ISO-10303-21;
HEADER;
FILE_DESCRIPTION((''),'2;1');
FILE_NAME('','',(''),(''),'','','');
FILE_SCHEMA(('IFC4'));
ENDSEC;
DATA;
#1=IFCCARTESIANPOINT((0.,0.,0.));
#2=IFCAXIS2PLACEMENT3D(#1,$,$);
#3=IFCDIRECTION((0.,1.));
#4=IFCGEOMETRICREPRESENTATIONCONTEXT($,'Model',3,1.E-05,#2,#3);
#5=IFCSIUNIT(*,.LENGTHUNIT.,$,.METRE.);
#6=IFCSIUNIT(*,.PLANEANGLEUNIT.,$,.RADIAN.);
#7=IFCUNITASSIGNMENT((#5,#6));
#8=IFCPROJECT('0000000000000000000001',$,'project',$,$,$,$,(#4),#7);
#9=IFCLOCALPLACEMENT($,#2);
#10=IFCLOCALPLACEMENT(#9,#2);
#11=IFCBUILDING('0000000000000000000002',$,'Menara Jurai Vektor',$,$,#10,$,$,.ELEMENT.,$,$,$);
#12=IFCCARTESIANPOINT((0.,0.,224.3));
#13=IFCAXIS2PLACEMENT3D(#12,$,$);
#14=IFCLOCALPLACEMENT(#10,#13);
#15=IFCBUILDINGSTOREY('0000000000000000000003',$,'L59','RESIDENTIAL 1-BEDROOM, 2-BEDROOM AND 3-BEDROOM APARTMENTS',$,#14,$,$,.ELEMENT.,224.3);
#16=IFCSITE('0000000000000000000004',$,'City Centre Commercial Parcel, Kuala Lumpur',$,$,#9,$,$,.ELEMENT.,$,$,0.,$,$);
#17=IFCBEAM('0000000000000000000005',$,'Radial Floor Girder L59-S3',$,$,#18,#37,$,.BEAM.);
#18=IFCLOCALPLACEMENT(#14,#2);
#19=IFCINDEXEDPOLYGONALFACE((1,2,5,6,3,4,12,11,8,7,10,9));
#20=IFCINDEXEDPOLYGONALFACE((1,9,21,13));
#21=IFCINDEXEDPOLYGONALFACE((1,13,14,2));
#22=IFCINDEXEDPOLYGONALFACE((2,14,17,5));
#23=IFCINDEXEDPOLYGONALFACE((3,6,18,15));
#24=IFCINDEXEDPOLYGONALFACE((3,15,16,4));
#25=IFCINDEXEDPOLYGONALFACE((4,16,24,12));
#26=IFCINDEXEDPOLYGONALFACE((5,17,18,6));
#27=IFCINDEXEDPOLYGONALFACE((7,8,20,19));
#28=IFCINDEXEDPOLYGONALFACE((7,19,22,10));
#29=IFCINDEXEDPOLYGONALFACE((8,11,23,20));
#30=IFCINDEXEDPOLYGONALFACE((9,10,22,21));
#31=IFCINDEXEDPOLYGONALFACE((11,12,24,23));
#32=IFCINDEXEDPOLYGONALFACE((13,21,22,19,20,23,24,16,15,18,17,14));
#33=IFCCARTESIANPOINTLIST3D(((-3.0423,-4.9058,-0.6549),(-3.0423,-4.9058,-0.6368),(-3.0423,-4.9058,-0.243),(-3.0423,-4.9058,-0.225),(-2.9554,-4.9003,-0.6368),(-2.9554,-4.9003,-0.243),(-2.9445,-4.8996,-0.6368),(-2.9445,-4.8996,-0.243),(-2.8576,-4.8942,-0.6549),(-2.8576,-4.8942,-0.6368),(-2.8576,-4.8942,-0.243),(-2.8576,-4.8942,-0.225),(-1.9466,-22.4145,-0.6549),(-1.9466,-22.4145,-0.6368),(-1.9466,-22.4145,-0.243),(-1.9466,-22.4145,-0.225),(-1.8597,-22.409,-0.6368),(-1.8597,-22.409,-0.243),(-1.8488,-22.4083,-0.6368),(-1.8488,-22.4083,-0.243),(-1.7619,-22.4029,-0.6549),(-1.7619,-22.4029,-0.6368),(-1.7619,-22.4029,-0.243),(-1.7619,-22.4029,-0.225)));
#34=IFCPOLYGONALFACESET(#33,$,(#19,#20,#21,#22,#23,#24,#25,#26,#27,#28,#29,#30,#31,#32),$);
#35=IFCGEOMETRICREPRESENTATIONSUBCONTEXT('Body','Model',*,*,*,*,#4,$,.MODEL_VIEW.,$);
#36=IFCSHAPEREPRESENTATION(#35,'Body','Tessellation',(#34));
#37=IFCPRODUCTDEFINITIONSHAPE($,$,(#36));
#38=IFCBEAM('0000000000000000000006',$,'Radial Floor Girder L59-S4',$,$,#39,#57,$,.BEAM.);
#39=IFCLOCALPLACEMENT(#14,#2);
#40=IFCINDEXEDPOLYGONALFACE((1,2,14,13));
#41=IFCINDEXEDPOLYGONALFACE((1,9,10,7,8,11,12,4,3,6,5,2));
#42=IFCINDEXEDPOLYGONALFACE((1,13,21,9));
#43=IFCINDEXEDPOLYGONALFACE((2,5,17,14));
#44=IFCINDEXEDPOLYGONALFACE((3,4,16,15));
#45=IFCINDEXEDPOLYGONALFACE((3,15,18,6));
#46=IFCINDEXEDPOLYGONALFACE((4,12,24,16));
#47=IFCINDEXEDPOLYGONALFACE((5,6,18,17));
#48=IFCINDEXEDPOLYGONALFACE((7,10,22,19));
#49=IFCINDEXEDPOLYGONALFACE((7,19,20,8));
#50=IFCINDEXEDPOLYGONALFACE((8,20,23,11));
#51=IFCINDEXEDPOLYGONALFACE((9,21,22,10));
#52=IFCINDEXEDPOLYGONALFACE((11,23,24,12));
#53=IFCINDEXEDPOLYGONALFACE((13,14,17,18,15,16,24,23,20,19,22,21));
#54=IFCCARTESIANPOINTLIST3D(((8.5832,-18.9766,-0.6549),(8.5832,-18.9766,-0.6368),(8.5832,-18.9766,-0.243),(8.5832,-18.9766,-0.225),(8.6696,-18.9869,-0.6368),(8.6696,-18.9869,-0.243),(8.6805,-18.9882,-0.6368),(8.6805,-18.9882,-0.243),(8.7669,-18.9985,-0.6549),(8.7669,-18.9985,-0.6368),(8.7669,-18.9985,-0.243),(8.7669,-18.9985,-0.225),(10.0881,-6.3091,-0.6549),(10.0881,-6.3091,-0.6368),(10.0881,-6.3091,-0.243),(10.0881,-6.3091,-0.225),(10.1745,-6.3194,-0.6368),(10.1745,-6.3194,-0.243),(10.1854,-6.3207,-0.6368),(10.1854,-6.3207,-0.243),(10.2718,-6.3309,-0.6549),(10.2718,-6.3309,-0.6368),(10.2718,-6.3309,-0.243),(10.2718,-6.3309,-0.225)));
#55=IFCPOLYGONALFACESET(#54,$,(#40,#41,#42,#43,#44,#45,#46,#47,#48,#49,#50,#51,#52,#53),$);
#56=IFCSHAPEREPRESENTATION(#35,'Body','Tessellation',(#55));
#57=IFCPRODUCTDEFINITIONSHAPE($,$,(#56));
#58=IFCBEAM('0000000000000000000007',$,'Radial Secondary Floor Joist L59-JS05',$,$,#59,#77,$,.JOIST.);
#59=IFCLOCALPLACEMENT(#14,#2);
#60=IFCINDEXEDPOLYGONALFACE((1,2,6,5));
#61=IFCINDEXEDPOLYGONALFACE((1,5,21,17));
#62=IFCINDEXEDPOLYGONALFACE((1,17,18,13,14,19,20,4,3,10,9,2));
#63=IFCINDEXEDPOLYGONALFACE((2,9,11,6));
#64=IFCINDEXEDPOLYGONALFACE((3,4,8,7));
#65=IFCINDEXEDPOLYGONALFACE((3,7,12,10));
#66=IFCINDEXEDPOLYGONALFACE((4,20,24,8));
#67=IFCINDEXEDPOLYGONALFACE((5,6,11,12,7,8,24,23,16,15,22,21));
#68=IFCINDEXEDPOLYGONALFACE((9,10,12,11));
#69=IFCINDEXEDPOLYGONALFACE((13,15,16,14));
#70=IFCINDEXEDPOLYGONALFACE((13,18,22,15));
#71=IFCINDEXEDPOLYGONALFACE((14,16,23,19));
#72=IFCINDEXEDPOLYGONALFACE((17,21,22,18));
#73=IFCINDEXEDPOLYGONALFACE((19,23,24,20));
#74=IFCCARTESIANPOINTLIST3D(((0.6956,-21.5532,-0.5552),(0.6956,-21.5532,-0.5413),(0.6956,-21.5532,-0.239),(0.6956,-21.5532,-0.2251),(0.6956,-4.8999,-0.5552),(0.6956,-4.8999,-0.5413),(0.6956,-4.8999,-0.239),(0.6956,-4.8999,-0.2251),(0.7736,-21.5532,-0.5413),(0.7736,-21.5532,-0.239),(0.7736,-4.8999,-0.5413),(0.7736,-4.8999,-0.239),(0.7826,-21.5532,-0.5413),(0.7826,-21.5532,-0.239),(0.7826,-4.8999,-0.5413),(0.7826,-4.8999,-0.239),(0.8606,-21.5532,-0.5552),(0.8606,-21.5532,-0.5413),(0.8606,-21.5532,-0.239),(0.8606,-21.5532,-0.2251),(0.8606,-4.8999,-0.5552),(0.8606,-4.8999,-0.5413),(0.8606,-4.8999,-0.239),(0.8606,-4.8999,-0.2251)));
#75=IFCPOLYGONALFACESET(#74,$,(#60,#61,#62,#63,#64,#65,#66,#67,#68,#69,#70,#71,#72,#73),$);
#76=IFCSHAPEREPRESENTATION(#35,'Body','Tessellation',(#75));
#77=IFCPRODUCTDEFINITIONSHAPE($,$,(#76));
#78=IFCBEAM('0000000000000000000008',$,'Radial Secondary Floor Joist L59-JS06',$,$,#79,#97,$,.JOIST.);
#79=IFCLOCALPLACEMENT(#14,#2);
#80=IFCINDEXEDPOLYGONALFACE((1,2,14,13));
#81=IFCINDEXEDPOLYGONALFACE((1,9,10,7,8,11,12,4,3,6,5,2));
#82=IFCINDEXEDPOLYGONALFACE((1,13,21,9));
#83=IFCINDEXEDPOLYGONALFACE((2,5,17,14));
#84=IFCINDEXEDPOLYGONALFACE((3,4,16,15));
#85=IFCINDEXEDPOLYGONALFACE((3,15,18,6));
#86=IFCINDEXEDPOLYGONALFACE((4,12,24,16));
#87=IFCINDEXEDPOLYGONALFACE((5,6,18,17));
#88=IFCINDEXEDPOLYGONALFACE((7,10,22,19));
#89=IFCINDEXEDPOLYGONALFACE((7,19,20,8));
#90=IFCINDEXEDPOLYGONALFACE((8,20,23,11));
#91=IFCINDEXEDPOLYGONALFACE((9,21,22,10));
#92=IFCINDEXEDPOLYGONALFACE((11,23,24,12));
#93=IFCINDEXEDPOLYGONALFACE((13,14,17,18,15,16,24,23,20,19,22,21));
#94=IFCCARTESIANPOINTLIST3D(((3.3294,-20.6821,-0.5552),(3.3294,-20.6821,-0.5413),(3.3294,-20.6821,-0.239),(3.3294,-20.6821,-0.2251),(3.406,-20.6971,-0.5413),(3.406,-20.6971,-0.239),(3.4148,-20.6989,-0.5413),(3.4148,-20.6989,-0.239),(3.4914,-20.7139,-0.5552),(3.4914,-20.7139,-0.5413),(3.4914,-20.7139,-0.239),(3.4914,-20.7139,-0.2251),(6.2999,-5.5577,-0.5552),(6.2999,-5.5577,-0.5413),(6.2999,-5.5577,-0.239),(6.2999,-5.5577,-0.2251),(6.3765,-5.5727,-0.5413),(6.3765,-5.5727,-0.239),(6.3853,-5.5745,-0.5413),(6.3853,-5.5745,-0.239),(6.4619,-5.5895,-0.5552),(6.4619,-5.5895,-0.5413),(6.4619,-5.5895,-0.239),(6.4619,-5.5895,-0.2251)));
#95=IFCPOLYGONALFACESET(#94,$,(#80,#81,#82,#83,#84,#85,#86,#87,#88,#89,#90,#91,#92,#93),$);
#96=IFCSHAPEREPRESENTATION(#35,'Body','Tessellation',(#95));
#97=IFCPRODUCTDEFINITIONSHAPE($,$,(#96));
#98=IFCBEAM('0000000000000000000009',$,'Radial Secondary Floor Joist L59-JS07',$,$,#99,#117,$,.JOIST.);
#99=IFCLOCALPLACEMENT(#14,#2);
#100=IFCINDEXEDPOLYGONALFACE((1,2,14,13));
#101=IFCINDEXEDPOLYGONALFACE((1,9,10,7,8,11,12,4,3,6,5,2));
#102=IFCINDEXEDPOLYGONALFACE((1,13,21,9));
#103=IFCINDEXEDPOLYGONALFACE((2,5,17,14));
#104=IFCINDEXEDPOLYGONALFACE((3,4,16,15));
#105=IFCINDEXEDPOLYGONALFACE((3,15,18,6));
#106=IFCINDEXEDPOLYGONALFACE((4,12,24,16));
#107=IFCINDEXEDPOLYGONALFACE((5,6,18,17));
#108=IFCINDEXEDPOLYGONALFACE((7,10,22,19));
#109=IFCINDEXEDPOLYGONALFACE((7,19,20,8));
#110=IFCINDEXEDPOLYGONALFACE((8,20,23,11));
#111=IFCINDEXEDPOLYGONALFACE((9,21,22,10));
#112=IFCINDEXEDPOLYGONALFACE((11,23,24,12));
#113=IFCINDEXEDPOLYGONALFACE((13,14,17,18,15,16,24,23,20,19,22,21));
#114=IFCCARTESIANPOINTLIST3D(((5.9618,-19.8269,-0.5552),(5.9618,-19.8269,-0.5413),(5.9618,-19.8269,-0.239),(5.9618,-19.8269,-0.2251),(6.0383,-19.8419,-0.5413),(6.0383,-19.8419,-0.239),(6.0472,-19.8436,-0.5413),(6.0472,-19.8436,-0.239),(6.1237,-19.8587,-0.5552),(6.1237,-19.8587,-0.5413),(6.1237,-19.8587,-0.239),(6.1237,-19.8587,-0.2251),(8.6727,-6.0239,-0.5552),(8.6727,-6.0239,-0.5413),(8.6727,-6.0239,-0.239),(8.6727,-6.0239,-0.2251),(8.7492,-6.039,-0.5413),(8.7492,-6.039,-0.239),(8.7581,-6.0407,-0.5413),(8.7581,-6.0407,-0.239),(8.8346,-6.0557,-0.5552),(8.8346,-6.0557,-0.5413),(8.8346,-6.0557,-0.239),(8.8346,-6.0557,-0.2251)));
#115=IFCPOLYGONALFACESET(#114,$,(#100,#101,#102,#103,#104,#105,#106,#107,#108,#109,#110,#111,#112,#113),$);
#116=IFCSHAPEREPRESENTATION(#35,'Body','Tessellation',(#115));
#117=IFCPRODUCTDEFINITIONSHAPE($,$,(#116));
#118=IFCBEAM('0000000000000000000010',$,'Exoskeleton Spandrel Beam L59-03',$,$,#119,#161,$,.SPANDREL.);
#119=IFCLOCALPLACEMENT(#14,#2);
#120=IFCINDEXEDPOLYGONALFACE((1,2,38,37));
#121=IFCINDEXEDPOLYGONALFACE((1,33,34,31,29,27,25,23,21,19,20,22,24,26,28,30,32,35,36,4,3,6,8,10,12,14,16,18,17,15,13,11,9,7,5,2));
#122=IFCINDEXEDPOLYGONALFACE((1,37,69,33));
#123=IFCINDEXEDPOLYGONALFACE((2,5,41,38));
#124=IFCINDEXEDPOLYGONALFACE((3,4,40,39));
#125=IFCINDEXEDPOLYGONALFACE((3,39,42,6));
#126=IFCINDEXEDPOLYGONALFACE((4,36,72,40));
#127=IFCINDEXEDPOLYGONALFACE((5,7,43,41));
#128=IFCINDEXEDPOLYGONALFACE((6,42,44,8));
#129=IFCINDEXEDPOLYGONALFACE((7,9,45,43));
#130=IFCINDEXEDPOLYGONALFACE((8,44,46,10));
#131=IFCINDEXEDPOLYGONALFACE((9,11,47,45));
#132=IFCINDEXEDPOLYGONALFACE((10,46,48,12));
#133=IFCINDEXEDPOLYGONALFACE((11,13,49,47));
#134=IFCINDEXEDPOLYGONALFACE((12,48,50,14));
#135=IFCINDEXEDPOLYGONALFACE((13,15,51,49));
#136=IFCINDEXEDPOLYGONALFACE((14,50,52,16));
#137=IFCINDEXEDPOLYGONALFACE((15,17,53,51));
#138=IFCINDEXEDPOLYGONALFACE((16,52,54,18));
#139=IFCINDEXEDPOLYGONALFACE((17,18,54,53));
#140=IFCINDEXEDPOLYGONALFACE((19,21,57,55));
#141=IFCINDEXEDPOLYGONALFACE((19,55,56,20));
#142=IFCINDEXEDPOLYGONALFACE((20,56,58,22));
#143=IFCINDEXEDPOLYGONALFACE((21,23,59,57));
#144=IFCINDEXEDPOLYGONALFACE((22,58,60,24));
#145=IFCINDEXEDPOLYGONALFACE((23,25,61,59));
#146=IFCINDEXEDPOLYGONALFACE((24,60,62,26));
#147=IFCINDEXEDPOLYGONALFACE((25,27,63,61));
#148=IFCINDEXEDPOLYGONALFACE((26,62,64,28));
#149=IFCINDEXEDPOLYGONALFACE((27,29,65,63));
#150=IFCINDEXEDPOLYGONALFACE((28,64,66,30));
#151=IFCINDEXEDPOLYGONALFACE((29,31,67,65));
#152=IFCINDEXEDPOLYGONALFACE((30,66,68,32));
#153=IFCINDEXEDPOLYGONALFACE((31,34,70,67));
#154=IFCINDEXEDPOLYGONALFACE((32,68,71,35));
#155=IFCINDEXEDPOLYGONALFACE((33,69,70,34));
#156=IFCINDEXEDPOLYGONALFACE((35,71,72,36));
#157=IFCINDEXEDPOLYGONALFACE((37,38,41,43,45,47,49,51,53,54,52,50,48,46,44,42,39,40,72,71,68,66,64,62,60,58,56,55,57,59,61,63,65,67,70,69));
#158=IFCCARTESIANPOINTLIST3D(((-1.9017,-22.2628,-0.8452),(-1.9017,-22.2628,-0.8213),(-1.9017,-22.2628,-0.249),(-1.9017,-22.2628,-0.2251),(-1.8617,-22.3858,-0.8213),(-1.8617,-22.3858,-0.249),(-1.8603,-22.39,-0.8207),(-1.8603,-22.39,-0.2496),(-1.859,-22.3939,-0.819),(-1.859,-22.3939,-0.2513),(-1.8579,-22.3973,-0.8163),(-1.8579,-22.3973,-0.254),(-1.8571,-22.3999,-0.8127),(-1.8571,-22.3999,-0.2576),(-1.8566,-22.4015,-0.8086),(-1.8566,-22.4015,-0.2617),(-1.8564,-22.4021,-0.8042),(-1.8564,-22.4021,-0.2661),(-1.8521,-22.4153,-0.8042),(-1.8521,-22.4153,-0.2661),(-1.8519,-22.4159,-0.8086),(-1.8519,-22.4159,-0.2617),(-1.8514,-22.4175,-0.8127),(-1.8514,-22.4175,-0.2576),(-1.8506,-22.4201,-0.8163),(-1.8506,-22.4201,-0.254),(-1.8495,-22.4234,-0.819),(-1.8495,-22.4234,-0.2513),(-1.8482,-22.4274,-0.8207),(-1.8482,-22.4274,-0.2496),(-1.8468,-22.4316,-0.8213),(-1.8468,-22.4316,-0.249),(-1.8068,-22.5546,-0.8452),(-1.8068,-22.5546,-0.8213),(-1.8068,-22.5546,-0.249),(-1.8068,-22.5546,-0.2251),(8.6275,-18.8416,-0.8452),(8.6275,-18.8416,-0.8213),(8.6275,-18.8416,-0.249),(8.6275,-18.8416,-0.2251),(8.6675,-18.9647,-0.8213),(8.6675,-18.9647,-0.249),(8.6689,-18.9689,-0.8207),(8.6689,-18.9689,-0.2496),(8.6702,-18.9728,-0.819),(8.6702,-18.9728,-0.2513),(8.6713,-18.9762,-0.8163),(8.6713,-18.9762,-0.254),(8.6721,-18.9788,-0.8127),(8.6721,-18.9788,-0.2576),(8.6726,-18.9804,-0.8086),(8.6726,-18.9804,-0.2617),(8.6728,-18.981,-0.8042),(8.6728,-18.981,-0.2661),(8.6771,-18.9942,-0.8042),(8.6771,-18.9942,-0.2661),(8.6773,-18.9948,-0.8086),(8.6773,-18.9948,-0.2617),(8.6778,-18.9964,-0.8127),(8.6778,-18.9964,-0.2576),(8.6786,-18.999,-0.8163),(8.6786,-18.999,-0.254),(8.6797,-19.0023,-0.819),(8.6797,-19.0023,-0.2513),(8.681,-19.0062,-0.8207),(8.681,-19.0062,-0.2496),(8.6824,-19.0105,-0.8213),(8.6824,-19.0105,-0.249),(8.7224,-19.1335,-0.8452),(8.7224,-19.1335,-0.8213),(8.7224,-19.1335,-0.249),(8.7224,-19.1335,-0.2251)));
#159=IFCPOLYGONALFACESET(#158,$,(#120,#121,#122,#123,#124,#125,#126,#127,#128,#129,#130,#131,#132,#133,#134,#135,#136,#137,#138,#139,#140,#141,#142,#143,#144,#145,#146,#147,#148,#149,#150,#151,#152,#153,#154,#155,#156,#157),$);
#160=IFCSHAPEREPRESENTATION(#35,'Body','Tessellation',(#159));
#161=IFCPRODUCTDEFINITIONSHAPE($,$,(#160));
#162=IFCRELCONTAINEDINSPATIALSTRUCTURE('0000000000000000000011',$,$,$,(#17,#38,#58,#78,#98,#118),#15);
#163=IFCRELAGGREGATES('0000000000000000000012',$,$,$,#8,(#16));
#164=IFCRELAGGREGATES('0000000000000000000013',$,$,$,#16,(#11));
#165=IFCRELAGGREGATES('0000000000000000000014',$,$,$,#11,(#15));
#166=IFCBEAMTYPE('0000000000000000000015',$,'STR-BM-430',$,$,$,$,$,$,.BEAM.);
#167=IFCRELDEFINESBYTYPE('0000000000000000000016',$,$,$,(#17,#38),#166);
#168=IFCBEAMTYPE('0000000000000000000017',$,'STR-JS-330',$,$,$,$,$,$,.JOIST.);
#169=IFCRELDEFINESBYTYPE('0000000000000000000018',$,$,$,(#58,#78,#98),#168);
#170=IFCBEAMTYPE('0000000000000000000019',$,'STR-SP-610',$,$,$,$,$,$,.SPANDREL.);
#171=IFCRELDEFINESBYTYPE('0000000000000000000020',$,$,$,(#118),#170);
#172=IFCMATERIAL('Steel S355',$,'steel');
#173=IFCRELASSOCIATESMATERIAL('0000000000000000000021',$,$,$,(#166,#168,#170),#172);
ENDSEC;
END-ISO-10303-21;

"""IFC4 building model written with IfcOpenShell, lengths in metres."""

from ifc_helpers import new_model, si_unit, direction, frame, origin, origin_2d, place, context, subcontext, project, spatial, i_section, extrude, material, material_profile, profile_set, type_object, element, save


model = new_model("IFC4")

# Units and contexts
model_context = context("Model", 3, precision=1e-05, world=origin(), true_north=direction((0.0, 1.0)))
body_context = subcontext(model_context, "Body", "Model", "MODEL_VIEW")
ifc_project = project(units=[si_unit("LENGTHUNIT", "METRE"), si_unit("PLANEANGLEUNIT", "RADIAN")], contexts=[model_context])

# Site, building, storey
site_placement = place(None, origin())
site = spatial("IfcSite", under=ifc_project, at=site_placement, Name="City Centre Commercial Parcel, Kuala Lumpur", CompositionType="ELEMENT", RefElevation=0.0)
building_placement = place(site_placement, origin())
building = spatial("IfcBuilding", under=site, at=building_placement, Name="Menara Jurai Vektor", CompositionType="ELEMENT")
storey_placement = place(building_placement, frame((0.0, 0.0, 224.3)))
storey = spatial("IfcBuildingStorey", under=building, at=storey_placement, Name="L59", Description="RESIDENTIAL 1-BEDROOM, 2-BEDROOM AND 3-BEDROOM APARTMENTS", CompositionType="ELEMENT", Elevation=224.3)

# Beams
ifc_material_1 = material(Name="Steel S355", Category="steel")
ifc_material_profile_1 = material_profile(ifc_material_1, i_section(OverallWidth=0.1851, OverallDepth=0.4299, WebThickness=0.011, FlangeThickness=0.0181, at=origin_2d()), Name="PG 430x185x76")
ifc_profile_set_1 = profile_set([ifc_material_profile_1], Name="Steel S355")
beam_type_1 = type_object("IfcBeamType", Name="STR-BM-430", PredefinedType="BEAM", material=ifc_profile_set_1)
beam_1_placement = place(storey_placement, frame((-1.8542, -22.4087, -0.4399), z_axis=(-0.062458, 0.998048, 0.0), x_axis=(-0.998048, -0.062458, 0.0)))
element("IfcBeam", 1, at=beam_1_placement, inside=storey, type_object=beam_type_1, Name="Radial Floor Girder L59-S3", PredefinedType="BEAM", context=body_context, shape_type="SweptSolid", body=[
    extrude(i_section(OverallWidth=0.1851, OverallDepth=0.4299, WebThickness=0.011, FlangeThickness=0.0181, at=origin_2d()), origin(), (0.0, 0.0, 1.0), 17.543),
])
beam_2_placement = place(storey_placement, frame((8.675, -18.9875, -0.4399), z_axis=(0.117969, 0.993017, 0.0), x_axis=(-0.993017, 0.117969, 0.0)))
element("IfcBeam", 2, at=beam_2_placement, inside=storey, type_object=beam_type_1, Name="Radial Floor Girder L59-S4", PredefinedType="BEAM", context=body_context, shape_type="SweptSolid", body=[
    extrude(i_section(OverallWidth=0.1851, OverallDepth=0.4299, WebThickness=0.011, FlangeThickness=0.0181, at=origin_2d()), origin(), (0.0, 0.0, 1.0), 12.7566),
])
ifc_material_profile_2 = material_profile(ifc_material_1, i_section(OverallWidth=0.165, OverallDepth=0.3301, WebThickness=0.009, FlangeThickness=0.0139, at=origin_2d()), Name="PG 330x165x46")
ifc_profile_set_2 = profile_set([ifc_material_profile_2], Name="Steel S355")
beam_type_2 = type_object("IfcBeamType", Name="STR-JS-330", PredefinedType="JOIST", material=ifc_profile_set_2)
beam_3_placement = place(storey_placement, frame((0.7781, -21.5532, -0.3901), z_axis=(0.0, 1.0, 0.0), x_axis=(-1.0, 0.0, 0.0)))
element("IfcBeam", 3, at=beam_3_placement, inside=storey, type_object=beam_type_2, Name="Radial Secondary Floor Joist L59-JS05", PredefinedType="JOIST", context=body_context, shape_type="SweptSolid", body=[
    extrude(i_section(OverallWidth=0.165, OverallDepth=0.3301, WebThickness=0.009, FlangeThickness=0.0139, at=origin_2d()), origin(), (0.0, 0.0, 1.0), 16.6533),
])
beam_4_placement = place(storey_placement, frame((3.4104, -20.698, -0.3901), z_axis=(0.192722, 0.981253, 0.0), x_axis=(-0.981253, 0.192722, 0.0)))
element("IfcBeam", 4, at=beam_4_placement, inside=storey, type_object=beam_type_2, Name="Radial Secondary Floor Joist L59-JS06", PredefinedType="JOIST", context=body_context, shape_type="SweptSolid", body=[
    extrude(i_section(OverallWidth=0.165, OverallDepth=0.3301, WebThickness=0.009, FlangeThickness=0.0139, at=origin_2d()), origin(), (0.0, 0.0, 1.0), 15.4133),
])
beam_5_placement = place(storey_placement, frame((6.0427, -19.8428, -0.3901), z_axis=(0.192721, 0.981254, 0.0), x_axis=(-0.981254, 0.192721, 0.0)))
element("IfcBeam", 5, at=beam_5_placement, inside=storey, type_object=beam_type_2, Name="Radial Secondary Floor Joist L59-JS07", PredefinedType="JOIST", context=body_context, shape_type="SweptSolid", body=[
    extrude(i_section(OverallWidth=0.165, OverallDepth=0.3301, WebThickness=0.009, FlangeThickness=0.0139, at=origin_2d()), origin(), (0.0, 0.0, 1.0), 14.0667),
])
ifc_material_profile_3 = material_profile(ifc_material_1, i_section(OverallWidth=0.3069, OverallDepth=0.6201, WebThickness=0.0139, FlangeThickness=0.0239, FilletRadius=0.0171, at=origin_2d()), Name="UKB 610x305x179")
ifc_profile_set_3 = profile_set([ifc_material_profile_3], Name="Steel S355")
beam_type_3 = type_object("IfcBeamType", Name="STR-SP-610", PredefinedType="SPANDREL", material=ifc_profile_set_3)
for number, where, z_axis, x_axis, name in (
    (6, (-1.8542, -22.4087, -0.5352), (0.951057, 0.309014, 0.0), (-0.309014, 0.951057, 0.0), "Exoskeleton Spandrel Beam L59-03"),
):
    element("IfcBeam", number, at=place(storey_placement, frame(where, z_axis=z_axis, x_axis=x_axis)), inside=storey, type_object=beam_type_3, Name=name, PredefinedType="SPANDREL", context=body_context, shape_type="SweptSolid", body=[
        extrude(i_section(OverallWidth=0.3069, OverallDepth=0.6201, WebThickness=0.0139, FlangeThickness=0.0239, FilletRadius=0.0171, at=origin_2d()), origin(), (0.0, 0.0, 1.0), 11.071),
    ])

save(model, "model.ifc")
